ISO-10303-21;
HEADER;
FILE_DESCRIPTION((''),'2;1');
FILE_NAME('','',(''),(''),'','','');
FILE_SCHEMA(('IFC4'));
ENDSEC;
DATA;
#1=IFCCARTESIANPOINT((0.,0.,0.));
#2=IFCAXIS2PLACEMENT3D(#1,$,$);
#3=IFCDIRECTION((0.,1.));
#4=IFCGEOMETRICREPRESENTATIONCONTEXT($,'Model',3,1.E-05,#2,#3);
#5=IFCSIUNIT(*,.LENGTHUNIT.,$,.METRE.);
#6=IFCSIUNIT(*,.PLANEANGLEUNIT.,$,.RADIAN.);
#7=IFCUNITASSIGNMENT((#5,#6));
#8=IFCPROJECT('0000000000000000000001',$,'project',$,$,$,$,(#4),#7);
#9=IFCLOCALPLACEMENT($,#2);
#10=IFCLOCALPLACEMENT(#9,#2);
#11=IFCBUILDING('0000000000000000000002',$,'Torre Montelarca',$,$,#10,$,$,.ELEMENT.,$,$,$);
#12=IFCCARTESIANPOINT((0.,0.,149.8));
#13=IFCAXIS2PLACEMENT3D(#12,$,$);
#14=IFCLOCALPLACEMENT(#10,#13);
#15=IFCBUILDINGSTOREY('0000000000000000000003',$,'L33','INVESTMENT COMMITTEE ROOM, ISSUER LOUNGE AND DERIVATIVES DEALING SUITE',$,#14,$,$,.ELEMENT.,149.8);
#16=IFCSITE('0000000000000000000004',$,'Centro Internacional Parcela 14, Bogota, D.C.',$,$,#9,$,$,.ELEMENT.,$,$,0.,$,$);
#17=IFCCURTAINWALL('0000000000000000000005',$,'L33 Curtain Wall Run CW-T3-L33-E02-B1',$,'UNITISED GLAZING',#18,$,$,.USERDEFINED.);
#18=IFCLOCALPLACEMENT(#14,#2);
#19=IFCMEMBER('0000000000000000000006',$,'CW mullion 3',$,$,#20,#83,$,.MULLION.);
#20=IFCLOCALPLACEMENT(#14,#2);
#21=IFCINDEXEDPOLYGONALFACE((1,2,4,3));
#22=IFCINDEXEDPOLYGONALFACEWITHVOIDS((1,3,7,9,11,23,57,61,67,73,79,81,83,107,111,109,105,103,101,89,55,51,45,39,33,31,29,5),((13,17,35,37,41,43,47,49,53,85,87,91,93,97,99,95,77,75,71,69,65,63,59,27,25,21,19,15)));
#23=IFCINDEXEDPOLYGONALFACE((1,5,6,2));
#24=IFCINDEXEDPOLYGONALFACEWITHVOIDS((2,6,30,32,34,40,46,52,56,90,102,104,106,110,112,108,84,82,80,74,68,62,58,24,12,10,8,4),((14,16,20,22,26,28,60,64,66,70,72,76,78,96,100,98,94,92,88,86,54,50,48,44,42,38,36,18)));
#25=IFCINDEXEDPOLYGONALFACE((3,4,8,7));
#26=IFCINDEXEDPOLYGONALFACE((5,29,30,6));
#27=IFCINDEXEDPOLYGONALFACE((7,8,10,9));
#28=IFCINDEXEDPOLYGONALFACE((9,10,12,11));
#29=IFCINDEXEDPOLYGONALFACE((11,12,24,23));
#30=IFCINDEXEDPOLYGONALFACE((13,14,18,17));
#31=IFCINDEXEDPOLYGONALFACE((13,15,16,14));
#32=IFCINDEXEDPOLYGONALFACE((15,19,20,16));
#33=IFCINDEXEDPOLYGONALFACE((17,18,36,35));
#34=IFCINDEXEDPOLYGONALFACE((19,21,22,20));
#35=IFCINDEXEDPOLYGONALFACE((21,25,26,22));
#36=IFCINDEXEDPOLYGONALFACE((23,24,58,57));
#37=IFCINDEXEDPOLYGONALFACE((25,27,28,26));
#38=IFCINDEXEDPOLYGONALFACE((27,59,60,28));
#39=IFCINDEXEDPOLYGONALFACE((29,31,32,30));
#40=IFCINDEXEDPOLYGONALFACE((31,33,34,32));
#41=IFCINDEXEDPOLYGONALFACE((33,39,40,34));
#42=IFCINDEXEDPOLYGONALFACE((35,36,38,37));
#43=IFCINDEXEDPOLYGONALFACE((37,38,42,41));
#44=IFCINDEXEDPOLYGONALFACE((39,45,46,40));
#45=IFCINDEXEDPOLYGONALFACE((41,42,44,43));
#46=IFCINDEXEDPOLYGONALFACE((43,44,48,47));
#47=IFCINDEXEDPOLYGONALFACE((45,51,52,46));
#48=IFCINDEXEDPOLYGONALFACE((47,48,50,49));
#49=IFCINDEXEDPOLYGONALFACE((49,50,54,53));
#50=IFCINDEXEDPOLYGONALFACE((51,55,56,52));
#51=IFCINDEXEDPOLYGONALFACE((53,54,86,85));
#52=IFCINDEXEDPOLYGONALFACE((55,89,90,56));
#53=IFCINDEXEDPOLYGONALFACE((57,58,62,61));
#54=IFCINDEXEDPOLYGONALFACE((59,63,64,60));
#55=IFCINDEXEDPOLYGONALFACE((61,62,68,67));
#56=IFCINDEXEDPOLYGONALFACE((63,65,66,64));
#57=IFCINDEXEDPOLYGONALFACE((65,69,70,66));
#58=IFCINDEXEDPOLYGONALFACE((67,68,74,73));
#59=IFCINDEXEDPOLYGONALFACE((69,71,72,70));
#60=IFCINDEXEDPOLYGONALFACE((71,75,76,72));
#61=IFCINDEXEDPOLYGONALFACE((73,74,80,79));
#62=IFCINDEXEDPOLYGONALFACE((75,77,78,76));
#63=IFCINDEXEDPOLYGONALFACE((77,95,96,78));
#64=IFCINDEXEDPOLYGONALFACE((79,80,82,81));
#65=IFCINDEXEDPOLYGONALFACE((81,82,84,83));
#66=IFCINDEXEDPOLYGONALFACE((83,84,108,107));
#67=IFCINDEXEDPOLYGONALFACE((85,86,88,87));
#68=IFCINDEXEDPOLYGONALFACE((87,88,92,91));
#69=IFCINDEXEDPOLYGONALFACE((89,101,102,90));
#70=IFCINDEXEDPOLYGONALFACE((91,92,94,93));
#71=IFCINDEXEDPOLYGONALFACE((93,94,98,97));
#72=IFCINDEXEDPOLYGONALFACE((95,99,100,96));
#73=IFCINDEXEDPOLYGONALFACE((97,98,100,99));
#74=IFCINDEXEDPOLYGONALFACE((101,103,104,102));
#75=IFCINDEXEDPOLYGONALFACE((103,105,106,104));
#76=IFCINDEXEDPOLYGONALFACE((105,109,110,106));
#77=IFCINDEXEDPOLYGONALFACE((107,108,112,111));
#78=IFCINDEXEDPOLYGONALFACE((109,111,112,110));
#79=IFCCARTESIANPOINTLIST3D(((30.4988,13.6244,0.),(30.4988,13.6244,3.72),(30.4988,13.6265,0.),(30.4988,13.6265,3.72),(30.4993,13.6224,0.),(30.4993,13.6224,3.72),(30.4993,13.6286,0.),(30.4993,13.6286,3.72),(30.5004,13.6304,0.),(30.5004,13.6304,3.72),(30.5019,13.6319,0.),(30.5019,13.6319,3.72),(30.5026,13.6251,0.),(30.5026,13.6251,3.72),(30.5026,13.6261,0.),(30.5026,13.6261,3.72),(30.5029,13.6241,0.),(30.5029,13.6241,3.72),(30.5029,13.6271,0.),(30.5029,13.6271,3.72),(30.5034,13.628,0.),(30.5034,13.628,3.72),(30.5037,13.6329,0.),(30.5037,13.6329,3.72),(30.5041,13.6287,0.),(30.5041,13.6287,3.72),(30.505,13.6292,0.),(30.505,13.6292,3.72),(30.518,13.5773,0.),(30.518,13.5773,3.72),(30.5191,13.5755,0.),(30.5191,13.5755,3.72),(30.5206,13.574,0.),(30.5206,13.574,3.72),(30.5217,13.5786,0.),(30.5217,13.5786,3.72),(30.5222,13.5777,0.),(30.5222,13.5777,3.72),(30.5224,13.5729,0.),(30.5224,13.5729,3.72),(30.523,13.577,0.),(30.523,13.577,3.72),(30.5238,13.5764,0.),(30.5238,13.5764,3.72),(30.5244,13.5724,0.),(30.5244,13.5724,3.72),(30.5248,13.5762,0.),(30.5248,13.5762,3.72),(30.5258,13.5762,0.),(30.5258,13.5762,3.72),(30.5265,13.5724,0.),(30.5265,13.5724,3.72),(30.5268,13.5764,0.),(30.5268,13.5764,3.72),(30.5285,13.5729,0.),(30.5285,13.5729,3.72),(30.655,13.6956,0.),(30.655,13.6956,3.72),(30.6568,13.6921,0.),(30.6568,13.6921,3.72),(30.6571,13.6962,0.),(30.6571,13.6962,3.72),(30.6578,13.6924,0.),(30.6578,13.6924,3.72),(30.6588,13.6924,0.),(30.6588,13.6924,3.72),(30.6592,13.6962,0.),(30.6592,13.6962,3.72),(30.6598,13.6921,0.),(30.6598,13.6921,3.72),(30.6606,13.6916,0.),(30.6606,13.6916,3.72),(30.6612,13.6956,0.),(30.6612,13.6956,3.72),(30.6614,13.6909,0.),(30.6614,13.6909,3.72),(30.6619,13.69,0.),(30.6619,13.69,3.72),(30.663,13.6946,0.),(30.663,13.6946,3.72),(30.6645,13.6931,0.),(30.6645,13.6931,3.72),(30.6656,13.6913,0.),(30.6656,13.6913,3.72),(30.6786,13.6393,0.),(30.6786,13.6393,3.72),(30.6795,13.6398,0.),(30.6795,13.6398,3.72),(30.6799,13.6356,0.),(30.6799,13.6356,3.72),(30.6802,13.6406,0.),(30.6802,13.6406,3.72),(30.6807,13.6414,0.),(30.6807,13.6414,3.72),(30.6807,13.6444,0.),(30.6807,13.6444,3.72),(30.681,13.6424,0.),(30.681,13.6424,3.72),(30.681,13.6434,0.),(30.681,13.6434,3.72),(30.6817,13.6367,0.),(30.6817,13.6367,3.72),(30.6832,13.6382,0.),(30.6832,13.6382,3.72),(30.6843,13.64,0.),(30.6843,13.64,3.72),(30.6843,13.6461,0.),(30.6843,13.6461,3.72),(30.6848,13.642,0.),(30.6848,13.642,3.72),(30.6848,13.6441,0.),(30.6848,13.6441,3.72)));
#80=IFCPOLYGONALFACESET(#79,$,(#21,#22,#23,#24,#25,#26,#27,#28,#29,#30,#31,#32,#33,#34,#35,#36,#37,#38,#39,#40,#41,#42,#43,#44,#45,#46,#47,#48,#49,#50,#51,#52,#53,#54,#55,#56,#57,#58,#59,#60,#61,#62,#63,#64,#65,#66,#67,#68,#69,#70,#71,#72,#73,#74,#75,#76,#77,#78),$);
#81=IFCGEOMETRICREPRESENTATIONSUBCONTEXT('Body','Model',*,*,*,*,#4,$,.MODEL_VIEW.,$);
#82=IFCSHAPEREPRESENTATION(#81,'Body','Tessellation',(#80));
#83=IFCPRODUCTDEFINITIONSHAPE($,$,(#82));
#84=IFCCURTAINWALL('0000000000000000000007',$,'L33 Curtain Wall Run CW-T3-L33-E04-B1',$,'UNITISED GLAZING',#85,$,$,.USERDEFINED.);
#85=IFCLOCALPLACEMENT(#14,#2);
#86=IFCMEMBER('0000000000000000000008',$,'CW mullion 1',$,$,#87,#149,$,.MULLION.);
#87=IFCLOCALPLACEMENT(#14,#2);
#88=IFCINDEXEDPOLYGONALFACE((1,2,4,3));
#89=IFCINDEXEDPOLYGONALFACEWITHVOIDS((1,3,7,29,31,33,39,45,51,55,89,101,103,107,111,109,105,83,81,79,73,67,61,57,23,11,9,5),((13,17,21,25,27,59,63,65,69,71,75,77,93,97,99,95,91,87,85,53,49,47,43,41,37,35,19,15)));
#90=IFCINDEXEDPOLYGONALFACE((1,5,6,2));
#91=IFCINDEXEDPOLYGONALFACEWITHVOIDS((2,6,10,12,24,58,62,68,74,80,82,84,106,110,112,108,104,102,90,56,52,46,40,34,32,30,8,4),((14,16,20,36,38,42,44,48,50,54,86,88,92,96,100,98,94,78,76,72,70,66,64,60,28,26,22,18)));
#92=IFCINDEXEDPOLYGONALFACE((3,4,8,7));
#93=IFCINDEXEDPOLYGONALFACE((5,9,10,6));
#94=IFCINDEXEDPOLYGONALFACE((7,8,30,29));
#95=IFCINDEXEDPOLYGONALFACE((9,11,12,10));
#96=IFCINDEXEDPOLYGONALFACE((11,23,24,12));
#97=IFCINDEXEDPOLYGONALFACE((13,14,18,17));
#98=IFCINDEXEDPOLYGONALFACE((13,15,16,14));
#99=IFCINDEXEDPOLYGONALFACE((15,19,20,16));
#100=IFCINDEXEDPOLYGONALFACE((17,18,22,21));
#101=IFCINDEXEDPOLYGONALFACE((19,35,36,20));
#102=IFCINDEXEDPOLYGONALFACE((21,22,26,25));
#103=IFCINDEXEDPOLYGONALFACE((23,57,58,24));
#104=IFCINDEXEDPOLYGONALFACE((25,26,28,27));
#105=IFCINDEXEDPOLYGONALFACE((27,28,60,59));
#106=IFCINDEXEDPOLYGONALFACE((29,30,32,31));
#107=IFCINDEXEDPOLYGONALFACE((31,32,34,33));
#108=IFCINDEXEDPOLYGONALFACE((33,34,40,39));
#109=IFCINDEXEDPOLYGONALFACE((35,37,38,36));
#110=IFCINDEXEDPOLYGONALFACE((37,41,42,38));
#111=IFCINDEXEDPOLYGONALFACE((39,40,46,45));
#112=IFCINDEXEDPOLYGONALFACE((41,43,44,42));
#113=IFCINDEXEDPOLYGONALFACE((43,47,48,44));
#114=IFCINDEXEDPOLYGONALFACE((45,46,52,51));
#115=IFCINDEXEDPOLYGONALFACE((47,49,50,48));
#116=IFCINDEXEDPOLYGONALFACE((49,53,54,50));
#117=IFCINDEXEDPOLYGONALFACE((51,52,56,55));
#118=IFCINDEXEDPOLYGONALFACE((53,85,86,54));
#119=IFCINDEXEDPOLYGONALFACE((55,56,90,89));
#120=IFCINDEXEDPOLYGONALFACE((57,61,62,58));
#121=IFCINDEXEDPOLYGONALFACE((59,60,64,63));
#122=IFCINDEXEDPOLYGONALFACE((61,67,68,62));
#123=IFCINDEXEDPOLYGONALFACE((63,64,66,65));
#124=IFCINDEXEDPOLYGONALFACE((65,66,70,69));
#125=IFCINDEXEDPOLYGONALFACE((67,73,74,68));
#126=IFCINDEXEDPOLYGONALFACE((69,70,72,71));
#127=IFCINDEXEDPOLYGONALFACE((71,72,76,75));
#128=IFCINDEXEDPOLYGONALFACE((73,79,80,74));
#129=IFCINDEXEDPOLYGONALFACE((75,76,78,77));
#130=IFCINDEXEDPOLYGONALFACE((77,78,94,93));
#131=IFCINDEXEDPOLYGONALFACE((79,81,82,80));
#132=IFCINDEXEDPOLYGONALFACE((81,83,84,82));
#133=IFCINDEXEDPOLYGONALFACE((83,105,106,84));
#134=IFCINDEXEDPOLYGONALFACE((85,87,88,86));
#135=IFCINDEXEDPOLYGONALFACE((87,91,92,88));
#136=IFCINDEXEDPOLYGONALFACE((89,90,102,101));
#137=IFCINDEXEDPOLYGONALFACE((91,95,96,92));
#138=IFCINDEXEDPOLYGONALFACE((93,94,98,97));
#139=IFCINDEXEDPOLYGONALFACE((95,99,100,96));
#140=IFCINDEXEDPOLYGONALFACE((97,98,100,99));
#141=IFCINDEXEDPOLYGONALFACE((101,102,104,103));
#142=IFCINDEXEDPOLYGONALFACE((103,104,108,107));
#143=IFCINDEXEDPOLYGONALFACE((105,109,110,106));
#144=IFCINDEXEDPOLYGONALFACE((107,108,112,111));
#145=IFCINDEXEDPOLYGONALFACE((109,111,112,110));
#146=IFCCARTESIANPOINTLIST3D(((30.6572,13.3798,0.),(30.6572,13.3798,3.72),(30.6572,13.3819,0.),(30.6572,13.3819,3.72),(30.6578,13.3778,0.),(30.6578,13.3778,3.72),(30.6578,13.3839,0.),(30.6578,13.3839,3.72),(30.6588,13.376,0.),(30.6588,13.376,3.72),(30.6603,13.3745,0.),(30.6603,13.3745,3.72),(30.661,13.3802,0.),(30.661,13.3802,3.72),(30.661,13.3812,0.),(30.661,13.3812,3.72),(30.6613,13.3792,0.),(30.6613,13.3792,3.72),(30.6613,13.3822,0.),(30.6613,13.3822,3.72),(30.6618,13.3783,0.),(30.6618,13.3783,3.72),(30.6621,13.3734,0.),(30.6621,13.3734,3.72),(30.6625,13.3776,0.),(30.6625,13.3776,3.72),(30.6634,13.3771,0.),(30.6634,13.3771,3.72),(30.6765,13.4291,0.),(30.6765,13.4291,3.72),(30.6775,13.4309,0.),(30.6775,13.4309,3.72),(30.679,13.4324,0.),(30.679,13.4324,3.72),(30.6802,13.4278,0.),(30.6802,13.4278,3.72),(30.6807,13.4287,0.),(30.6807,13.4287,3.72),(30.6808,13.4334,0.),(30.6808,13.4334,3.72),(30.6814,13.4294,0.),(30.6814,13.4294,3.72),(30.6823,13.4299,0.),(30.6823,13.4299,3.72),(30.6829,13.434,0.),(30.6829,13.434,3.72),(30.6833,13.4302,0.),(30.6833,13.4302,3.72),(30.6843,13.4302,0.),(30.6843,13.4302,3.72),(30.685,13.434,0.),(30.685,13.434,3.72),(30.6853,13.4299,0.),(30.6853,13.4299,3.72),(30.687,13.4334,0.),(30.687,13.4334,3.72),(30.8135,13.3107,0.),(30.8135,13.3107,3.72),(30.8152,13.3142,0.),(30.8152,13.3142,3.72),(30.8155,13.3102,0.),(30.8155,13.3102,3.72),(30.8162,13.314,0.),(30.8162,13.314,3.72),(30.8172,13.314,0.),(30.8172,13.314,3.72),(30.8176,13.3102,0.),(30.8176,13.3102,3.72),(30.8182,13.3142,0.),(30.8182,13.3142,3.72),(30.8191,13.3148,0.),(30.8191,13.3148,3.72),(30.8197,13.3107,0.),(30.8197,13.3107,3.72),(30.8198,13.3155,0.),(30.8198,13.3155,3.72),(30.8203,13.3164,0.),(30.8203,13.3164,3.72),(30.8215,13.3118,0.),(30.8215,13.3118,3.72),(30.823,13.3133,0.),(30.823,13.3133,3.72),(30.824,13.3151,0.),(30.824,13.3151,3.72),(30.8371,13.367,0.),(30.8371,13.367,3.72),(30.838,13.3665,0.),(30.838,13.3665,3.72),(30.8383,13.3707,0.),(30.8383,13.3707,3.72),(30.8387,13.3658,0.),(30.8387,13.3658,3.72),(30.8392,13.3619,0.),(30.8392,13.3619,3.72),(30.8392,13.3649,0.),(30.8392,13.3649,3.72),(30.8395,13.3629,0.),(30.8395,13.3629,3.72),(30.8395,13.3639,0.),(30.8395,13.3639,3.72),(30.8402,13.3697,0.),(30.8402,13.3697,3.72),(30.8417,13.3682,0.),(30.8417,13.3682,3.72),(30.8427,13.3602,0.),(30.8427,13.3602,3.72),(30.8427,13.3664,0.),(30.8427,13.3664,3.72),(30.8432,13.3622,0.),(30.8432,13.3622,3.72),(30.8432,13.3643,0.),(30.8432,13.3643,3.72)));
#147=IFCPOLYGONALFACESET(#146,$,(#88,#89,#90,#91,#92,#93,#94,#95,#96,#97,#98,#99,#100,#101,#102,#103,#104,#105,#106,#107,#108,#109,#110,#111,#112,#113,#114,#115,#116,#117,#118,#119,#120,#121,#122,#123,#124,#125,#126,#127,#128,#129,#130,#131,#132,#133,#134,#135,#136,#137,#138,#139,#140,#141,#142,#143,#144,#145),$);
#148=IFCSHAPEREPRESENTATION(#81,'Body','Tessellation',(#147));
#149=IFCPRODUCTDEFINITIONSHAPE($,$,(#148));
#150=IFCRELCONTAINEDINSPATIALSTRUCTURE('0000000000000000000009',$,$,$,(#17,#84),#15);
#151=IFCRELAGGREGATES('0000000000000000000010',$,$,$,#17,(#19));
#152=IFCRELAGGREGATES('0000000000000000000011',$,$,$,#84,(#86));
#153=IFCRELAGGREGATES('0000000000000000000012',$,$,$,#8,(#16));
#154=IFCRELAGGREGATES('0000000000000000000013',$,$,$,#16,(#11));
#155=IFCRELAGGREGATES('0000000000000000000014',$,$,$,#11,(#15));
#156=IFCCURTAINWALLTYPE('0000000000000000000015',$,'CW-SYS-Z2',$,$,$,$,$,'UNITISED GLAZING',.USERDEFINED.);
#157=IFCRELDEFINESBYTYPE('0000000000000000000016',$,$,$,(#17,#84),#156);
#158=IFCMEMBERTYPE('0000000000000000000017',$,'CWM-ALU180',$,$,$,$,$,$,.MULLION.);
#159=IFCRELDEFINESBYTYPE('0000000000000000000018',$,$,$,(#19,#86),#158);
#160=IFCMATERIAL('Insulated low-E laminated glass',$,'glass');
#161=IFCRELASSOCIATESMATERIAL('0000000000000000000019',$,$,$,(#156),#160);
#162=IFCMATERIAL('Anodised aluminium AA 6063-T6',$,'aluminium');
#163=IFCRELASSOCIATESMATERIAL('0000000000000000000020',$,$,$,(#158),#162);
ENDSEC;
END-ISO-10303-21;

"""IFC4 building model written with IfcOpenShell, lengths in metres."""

from ifc_helpers import new_model, si_unit, direction, frame, origin, origin_2d, place, context, subcontext, project, spatial, hollow_rectangle, extrude, source, transform, mapped, material, material_profile, profile_set, type_object, element, aggregate, save


model = new_model("IFC4")

# Units and contexts
model_context = context("Model", 3, precision=1e-05, world=origin(), true_north=direction((0.0, 1.0)))
body_context = subcontext(model_context, "Body", "Model", "MODEL_VIEW")
ifc_project = project(units=[si_unit("LENGTHUNIT", "METRE"), si_unit("PLANEANGLEUNIT", "RADIAN")], contexts=[model_context])

# Site, building, storey
site_placement = place(None, origin())
site = spatial("IfcSite", under=ifc_project, at=site_placement, Name="Centro Internacional Parcela 14, Bogota, D.C.", CompositionType="ELEMENT", RefElevation=0.0)
building_placement = place(site_placement, origin())
building = spatial("IfcBuilding", under=site, at=building_placement, Name="Torre Montelarca", CompositionType="ELEMENT")
storey_placement = place(building_placement, frame((0.0, 0.0, 149.8)))
storey = spatial("IfcBuildingStorey", under=building, at=storey_placement, Name="L33", Description="INVESTMENT COMMITTEE ROOM, ISSUER LOUNGE AND DERIVATIVES DEALING SUITE", CompositionType="ELEMENT", Elevation=149.8)

# Curtain wall
ifc_material_1 = material(Name="Insulated low-E laminated glass", Category="glass")
curtain_wall_type = type_object("IfcCurtainWallType", Name="CW-SYS-Z2", ElementType="UNITISED GLAZING", PredefinedType="USERDEFINED", material=ifc_material_1)
curtain_wall_1_placement = place(storey_placement, origin())
curtain_wall_1 = element("IfcCurtainWall", 1, at=curtain_wall_1_placement, inside=storey, type_object=curtain_wall_type, Name="L33 Curtain Wall Run CW-T3-L33-E02-B1", ObjectType="UNITISED GLAZING", PredefinedType="USERDEFINED")
ifc_material_2 = material(Name="Anodised aluminium AA 6063-T6", Category="aluminium")

# Shared definitions
ifc_material_profile_1 = material_profile(ifc_material_2, hollow_rectangle(XDim=0.0649, YDim=0.1799, WallThickness=0.0039, InnerFilletRadius=0.0039, OuterFilletRadius=0.0081, at=origin_2d()), Name="ALU65X180X4", Category="aluminium")
ifc_profile_set_1 = profile_set([ifc_material_profile_1], Name="Anodised aluminium AA 6063-T6")
member_type_1 = type_object("IfcMemberType", Name="CWM-ALU180", PredefinedType="MULLION", material=ifc_profile_set_1)
shared_shape_1 = source(origin(), body_context, "Body", "SweptSolid", [
    extrude(hollow_rectangle(XDim=0.0649, YDim=0.1799, WallThickness=0.0039, InnerFilletRadius=0.0039, OuterFilletRadius=0.0081, at=origin_2d()), origin(), (0.0, 0.0, 1.0), 3.72),
])

# Member
member_1_placement = place(storey_placement, frame((30.5918, 13.6343, 0.0), z_axis=(0.0, 0.0, 1.0), x_axis=(-0.38267, 0.923885, 0.0)))
member_1 = element("IfcMember", 2, at=member_1_placement, type_object=member_type_1, Name="CW mullion 3", PredefinedType="MULLION", context=body_context, shape_type="MappedRepresentation", body=[
    mapped(shared_shape_1, transform((0.0, 0.0, 0.0), scale=1.0)),
])

# Curtain wall, member
curtain_wall_2_placement = place(storey_placement, origin())
curtain_wall_2 = element("IfcCurtainWall", 3, at=curtain_wall_2_placement, inside=storey, type_object=curtain_wall_type, Name="L33 Curtain Wall Run CW-T3-L33-E04-B1", ObjectType="UNITISED GLAZING", PredefinedType="USERDEFINED")
member_2_placement = place(storey_placement, frame((30.7502, 13.3721, 0.0), z_axis=(0.0, 0.0, 1.0), x_axis=(0.382671, 0.923885, 0.0)))
member_2 = element("IfcMember", 4, at=member_2_placement, type_object=member_type_1, Name="CW mullion 1", PredefinedType="MULLION", context=body_context, shape_type="MappedRepresentation", body=[
    mapped(shared_shape_1, transform((0.0, 0.0, 0.0), scale=1.0)),
])

aggregate(curtain_wall_1, [member_1])
aggregate(curtain_wall_2, [member_2])

save(model, "model.ifc")
